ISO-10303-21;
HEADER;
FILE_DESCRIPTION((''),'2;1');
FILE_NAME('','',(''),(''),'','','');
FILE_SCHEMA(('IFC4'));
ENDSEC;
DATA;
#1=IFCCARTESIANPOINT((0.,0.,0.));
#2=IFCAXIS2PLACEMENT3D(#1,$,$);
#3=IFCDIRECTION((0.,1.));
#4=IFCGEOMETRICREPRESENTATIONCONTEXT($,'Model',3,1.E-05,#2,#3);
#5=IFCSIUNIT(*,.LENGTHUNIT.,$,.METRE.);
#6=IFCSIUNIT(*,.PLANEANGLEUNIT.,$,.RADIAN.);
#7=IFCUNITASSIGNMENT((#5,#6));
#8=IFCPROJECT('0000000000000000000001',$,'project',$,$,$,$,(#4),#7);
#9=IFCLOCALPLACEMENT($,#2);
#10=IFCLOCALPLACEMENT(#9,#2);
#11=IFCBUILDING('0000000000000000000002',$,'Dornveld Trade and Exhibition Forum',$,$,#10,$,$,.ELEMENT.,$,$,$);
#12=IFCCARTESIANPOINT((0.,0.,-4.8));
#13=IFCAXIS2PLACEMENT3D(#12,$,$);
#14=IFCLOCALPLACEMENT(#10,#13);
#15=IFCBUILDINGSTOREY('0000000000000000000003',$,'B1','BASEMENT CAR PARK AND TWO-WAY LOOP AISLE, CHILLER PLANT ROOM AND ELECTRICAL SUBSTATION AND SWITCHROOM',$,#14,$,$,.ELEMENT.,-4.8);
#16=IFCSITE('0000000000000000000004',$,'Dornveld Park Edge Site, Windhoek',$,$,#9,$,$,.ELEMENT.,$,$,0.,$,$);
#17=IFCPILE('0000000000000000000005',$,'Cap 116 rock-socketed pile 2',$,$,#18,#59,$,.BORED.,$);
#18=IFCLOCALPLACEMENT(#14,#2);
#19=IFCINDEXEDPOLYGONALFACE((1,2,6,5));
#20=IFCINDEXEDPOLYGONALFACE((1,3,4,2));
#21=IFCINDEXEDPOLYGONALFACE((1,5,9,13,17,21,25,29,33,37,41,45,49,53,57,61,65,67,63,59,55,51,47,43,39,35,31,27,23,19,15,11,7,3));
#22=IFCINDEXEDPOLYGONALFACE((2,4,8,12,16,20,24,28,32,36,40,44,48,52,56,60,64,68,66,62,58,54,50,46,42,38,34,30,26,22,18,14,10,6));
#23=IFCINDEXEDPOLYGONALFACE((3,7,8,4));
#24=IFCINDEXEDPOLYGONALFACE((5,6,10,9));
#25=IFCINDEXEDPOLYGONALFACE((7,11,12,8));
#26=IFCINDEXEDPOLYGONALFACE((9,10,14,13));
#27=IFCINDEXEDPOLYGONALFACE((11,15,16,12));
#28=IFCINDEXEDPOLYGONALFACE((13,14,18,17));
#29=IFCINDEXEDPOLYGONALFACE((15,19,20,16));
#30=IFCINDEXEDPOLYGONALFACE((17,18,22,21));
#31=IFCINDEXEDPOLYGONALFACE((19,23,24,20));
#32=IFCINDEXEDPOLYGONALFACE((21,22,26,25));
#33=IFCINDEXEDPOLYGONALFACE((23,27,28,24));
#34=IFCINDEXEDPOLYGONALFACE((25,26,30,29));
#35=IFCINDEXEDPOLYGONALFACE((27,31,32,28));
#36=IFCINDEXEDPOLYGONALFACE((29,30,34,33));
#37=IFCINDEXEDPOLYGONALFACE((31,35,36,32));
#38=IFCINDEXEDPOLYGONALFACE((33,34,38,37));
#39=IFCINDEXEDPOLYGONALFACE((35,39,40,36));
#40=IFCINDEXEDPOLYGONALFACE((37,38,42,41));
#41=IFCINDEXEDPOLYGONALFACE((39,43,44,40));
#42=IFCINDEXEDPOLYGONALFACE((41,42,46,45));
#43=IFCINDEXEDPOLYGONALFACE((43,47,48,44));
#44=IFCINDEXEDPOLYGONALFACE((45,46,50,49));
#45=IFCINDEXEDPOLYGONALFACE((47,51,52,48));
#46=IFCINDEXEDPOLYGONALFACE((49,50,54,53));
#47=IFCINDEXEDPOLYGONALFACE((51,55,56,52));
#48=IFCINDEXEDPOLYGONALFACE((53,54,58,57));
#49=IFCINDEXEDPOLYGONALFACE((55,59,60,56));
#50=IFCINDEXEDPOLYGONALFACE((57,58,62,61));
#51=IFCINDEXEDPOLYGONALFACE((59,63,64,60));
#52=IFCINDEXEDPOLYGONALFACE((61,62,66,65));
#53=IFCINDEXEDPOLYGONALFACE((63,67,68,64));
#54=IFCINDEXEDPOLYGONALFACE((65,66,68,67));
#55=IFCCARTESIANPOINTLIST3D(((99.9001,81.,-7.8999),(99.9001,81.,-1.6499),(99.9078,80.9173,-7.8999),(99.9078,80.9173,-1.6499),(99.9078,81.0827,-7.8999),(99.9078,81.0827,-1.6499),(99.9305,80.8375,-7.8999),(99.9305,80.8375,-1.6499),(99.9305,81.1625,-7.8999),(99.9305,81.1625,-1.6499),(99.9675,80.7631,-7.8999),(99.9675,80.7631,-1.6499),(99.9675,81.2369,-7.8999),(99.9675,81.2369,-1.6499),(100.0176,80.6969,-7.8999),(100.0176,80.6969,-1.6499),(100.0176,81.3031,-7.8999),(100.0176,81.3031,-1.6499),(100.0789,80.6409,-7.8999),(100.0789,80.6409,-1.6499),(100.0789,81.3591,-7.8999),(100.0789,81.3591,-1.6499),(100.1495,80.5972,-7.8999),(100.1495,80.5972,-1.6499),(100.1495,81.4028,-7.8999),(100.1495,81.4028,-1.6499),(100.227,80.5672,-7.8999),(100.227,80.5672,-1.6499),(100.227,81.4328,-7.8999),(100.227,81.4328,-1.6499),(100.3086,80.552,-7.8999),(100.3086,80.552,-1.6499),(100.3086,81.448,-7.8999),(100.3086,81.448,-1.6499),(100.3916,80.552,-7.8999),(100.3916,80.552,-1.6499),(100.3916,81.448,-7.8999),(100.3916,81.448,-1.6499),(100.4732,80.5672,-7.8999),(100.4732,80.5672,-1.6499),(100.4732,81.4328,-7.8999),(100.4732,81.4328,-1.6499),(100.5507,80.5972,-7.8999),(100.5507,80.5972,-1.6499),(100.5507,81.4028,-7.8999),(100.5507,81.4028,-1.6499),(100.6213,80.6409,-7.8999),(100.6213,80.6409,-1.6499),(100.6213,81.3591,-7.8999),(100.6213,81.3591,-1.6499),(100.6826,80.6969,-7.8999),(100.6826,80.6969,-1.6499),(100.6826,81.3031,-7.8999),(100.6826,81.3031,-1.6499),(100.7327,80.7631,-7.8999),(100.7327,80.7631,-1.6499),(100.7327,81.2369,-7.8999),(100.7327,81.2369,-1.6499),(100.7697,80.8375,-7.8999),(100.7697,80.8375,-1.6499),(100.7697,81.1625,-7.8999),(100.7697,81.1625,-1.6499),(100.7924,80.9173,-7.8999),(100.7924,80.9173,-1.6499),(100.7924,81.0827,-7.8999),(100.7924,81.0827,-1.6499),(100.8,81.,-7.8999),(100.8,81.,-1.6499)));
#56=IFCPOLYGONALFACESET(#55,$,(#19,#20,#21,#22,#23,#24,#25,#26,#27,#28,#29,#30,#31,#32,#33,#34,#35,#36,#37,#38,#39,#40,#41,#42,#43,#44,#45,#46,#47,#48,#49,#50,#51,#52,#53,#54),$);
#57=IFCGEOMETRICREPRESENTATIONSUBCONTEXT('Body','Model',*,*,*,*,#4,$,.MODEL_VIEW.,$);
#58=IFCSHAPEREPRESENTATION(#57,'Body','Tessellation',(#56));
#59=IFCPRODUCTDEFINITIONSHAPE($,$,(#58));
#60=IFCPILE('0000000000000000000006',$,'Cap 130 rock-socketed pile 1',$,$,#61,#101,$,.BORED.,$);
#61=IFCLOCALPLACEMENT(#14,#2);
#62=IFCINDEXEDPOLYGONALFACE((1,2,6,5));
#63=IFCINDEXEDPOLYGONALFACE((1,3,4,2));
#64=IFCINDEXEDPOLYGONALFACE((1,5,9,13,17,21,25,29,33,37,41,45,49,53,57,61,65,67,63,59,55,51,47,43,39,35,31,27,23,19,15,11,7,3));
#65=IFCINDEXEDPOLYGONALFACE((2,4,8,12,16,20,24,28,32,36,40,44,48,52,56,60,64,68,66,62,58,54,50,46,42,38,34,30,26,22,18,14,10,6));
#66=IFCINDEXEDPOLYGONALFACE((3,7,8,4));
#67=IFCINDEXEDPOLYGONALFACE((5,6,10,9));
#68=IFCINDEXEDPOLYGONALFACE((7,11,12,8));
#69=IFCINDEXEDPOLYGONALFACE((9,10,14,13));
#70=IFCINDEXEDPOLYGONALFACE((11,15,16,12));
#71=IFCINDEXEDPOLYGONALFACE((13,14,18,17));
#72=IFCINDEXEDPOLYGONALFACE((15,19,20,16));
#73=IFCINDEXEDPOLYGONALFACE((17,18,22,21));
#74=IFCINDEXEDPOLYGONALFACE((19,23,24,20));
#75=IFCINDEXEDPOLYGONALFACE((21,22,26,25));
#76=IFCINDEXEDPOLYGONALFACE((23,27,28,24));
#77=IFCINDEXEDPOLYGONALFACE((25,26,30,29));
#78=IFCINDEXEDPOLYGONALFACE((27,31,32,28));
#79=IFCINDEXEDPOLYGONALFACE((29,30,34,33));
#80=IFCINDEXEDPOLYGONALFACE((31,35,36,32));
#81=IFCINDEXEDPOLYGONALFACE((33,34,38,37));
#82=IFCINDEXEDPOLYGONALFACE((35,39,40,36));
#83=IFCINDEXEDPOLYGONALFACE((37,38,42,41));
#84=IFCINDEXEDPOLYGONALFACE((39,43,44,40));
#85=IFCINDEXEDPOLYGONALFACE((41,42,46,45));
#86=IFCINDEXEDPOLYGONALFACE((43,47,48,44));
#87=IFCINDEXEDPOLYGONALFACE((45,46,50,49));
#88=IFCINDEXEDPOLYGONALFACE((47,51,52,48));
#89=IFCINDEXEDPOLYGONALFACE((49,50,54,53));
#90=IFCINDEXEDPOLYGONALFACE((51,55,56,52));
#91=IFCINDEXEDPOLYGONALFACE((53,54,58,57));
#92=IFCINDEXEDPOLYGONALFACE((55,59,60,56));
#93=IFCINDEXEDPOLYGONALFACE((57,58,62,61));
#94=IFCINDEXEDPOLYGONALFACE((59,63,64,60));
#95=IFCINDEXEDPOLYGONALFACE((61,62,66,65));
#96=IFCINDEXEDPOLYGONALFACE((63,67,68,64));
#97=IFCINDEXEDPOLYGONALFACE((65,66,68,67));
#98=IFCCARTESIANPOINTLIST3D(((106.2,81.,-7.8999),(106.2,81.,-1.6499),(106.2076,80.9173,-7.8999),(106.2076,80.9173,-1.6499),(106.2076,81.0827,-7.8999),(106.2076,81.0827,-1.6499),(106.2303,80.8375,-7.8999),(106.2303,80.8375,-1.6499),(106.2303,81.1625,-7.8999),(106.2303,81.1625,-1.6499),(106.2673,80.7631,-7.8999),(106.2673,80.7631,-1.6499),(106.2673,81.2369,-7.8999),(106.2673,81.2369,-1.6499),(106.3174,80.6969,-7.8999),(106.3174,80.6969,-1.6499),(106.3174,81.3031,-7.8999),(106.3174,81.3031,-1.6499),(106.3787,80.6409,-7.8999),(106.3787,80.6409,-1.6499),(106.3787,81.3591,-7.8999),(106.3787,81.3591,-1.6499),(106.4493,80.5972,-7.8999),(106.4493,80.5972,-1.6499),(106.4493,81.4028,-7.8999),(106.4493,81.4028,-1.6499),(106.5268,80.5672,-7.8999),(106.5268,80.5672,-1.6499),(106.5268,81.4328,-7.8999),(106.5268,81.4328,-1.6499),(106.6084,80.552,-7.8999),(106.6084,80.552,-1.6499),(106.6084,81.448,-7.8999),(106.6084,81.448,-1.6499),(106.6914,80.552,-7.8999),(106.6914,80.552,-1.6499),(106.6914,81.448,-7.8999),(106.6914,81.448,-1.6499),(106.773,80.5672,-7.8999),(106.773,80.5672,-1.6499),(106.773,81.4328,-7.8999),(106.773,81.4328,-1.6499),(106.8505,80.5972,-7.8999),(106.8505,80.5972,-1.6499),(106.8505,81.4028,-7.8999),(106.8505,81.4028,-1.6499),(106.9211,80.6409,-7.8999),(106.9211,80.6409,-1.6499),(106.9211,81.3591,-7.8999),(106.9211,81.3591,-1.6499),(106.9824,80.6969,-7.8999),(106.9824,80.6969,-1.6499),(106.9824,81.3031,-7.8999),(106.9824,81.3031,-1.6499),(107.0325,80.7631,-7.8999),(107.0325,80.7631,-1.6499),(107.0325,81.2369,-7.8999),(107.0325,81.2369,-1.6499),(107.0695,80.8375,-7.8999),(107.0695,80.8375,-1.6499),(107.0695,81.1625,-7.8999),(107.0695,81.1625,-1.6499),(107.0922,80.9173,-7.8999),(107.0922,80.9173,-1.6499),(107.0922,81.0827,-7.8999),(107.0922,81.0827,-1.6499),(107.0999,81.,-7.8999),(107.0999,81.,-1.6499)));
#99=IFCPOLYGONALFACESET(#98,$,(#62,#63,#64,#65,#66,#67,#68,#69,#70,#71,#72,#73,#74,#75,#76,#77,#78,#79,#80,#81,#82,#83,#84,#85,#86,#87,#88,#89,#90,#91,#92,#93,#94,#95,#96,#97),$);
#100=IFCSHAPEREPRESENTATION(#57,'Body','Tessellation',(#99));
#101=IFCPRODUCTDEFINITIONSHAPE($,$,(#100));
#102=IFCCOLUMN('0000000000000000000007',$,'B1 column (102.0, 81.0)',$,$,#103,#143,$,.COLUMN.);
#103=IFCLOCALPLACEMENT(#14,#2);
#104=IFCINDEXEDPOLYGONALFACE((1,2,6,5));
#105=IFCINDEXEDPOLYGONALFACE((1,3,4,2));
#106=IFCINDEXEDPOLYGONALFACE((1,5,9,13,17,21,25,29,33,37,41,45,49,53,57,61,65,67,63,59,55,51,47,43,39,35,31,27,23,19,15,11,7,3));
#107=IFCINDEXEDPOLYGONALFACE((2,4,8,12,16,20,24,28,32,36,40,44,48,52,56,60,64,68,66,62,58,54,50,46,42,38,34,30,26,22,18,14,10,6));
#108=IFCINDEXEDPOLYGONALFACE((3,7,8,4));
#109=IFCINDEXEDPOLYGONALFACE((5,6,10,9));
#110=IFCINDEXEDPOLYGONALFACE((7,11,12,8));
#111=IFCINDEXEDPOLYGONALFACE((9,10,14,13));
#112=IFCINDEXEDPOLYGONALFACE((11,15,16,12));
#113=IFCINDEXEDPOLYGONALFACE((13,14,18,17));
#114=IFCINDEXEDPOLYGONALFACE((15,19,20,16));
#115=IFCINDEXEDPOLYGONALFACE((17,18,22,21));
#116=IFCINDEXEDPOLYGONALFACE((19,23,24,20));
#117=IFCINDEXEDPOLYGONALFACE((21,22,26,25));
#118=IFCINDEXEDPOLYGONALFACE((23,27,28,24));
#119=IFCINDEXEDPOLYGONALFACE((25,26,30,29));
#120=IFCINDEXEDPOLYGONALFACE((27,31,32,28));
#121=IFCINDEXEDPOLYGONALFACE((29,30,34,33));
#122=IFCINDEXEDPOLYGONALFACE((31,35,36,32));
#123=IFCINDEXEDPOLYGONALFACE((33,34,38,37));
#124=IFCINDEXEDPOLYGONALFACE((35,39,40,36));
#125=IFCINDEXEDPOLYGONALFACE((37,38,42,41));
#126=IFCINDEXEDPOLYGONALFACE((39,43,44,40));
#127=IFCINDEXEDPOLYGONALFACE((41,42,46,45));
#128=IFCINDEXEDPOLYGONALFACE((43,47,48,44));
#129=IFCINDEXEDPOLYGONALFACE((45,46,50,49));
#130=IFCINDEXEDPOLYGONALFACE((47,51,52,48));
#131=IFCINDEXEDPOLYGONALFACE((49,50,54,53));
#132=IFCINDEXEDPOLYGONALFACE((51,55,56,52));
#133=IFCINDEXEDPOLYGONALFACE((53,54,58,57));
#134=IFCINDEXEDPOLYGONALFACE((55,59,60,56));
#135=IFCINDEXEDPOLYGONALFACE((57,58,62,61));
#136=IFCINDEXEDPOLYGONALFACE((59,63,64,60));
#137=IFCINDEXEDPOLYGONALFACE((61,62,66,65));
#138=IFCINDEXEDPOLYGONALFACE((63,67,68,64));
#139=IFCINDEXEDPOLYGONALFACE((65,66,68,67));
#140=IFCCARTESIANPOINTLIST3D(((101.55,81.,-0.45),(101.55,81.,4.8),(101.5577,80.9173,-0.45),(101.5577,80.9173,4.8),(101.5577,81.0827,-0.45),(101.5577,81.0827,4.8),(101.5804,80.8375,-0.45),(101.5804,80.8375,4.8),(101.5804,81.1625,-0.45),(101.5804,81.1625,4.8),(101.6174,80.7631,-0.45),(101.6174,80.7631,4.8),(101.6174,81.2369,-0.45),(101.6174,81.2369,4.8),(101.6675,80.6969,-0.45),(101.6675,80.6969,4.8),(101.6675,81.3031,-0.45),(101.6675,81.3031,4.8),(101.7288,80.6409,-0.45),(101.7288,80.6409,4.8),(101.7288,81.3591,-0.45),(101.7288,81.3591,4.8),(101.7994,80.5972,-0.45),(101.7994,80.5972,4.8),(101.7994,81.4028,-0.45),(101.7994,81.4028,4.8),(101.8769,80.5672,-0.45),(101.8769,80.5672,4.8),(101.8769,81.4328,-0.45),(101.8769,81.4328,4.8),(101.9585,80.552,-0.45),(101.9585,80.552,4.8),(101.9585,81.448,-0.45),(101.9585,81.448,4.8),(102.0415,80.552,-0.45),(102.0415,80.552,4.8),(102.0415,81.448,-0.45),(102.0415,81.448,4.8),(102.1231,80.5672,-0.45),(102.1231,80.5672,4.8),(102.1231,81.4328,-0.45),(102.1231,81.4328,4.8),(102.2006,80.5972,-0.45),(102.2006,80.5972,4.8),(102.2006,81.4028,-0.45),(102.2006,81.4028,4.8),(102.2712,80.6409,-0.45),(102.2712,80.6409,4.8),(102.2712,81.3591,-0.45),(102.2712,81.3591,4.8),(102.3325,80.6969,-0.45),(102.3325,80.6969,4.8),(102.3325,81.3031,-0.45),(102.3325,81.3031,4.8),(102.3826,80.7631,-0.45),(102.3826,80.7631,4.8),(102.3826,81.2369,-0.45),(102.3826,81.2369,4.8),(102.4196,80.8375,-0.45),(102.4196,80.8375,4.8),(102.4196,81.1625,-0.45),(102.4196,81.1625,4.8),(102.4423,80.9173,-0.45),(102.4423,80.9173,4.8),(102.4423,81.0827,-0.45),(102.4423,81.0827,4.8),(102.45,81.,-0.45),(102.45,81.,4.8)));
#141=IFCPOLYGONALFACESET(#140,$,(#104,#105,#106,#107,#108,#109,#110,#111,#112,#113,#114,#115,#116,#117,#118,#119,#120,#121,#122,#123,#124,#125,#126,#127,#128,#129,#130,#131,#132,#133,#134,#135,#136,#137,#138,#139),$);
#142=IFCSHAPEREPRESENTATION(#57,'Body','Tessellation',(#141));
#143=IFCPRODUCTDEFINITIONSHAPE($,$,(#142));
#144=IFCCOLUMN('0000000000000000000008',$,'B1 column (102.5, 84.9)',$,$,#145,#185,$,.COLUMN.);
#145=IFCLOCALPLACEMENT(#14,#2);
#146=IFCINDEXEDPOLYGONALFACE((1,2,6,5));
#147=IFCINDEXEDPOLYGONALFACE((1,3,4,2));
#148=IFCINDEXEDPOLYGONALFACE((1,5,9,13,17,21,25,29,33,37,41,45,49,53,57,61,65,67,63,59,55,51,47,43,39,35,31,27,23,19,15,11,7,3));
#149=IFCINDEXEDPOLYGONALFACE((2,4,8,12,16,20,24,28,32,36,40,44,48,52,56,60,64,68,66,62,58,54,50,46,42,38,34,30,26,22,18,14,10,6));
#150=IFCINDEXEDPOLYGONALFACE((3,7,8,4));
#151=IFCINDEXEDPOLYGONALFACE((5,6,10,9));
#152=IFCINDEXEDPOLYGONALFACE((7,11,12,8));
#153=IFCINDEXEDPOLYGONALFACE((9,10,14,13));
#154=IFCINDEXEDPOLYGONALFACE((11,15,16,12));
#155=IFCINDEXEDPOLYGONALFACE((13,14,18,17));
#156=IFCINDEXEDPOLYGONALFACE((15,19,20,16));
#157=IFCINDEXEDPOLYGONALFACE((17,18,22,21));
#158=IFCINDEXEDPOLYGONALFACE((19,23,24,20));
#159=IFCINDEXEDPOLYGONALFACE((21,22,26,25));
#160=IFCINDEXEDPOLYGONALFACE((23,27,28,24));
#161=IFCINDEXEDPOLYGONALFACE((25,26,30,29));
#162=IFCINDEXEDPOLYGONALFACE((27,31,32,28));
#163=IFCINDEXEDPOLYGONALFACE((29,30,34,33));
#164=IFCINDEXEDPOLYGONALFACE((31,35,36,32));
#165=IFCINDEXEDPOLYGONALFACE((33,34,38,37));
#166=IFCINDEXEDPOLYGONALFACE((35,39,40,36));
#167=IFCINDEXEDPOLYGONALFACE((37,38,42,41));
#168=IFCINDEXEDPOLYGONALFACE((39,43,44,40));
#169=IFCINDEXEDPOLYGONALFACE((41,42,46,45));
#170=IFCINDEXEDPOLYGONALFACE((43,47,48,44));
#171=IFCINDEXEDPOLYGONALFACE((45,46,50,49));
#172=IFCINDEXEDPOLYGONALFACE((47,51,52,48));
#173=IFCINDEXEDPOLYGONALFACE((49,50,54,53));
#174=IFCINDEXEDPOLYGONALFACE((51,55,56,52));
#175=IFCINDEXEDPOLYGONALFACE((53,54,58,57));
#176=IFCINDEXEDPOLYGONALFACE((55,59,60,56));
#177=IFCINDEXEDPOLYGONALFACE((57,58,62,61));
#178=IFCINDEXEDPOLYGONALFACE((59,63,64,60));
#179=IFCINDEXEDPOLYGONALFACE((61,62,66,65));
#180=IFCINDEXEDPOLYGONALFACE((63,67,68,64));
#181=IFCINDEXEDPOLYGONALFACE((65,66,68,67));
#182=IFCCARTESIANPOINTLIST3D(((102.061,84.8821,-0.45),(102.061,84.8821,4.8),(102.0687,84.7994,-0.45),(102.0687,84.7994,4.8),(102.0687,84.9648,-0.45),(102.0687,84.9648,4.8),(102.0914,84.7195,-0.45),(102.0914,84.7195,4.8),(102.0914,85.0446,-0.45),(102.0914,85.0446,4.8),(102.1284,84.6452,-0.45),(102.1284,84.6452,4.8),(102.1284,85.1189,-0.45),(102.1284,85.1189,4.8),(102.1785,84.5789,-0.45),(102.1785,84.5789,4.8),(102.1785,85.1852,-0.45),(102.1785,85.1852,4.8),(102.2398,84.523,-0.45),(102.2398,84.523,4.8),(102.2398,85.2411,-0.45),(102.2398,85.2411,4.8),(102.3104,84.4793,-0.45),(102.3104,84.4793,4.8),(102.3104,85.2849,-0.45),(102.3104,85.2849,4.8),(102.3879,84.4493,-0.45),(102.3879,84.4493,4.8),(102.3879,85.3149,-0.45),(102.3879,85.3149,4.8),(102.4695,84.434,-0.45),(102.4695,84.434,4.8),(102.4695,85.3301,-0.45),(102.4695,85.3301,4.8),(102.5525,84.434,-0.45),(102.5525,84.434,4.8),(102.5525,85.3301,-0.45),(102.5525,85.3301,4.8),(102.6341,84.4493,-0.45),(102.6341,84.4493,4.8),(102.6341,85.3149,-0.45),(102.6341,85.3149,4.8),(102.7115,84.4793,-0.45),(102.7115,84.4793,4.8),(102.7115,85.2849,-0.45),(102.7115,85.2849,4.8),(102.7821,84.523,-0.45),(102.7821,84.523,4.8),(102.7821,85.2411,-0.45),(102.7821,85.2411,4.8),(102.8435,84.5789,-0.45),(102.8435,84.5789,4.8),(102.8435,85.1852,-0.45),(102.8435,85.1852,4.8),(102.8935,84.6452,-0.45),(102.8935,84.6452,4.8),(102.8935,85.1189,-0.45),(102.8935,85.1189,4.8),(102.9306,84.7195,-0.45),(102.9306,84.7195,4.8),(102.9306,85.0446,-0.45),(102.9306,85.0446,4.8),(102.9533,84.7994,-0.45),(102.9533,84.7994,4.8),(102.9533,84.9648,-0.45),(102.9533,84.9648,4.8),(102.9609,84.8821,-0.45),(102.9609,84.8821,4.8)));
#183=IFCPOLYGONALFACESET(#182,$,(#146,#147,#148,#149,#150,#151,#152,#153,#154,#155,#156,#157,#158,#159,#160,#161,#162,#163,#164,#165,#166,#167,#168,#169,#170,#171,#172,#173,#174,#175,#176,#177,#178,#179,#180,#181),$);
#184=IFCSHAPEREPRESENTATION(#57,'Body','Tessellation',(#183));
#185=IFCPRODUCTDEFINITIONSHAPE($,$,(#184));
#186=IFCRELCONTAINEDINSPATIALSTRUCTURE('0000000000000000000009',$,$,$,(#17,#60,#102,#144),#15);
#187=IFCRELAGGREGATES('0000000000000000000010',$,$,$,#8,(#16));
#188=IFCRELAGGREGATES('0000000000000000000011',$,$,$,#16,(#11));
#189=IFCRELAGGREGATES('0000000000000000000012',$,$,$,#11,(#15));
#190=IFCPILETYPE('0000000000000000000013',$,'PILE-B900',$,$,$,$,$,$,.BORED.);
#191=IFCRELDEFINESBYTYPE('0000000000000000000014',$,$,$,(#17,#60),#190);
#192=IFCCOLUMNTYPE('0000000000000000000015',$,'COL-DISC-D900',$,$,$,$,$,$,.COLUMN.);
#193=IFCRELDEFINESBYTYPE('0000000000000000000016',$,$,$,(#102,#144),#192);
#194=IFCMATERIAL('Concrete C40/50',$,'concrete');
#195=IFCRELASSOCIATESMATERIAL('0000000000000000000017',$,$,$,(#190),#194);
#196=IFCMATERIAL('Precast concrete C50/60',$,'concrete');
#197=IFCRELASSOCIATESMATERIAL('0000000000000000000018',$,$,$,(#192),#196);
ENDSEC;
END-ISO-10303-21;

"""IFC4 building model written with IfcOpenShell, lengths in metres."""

from ifc_helpers import new_model, si_unit, direction, frame, origin, origin_2d, place, context, subcontext, project, spatial, circle, extrude, material, material_profile, profile_set, type_object, element, save


model = new_model("IFC4")

# Units and contexts
model_context = context("Model", 3, precision=1e-05, world=origin(), true_north=direction((0.0, 1.0)))
body_context = subcontext(model_context, "Body", "Model", "MODEL_VIEW")
ifc_project = project(units=[si_unit("LENGTHUNIT", "METRE"), si_unit("PLANEANGLEUNIT", "RADIAN")], contexts=[model_context])

# Site, building, storey
site_placement = place(None, origin())
site = spatial("IfcSite", under=ifc_project, at=site_placement, Name="Dornveld Park Edge Site, Windhoek", CompositionType="ELEMENT", RefElevation=0.0)
building_placement = place(site_placement, origin())
building = spatial("IfcBuilding", under=site, at=building_placement, Name="Dornveld Trade and Exhibition Forum", CompositionType="ELEMENT")
storey_placement = place(building_placement, frame((0.0, 0.0, -4.8)))
storey = spatial("IfcBuildingStorey", under=building, at=storey_placement, Name="B1", Description="BASEMENT CAR PARK AND TWO-WAY LOOP AISLE, CHILLER PLANT ROOM AND ELECTRICAL SUBSTATION AND SWITCHROOM", CompositionType="ELEMENT", Elevation=-4.8)

# Piles
ifc_material_1 = material(Name="Concrete C40/50", Category="concrete")
ifc_material_profile_1 = material_profile(ifc_material_1, circle(Radius=0.45, at=origin_2d()), Name="PILE D900")
ifc_profile_set_1 = profile_set([ifc_material_profile_1], Name="Concrete C40/50")
pile_type_1 = type_object("IfcPileType", Name="PILE-B900", PredefinedType="BORED", material=ifc_profile_set_1)
for number, where, z_axis, x_axis, name in (
    (1, (100.3501, 81.0, -1.6499), (0.0, 0.0, -1.0), (1.0, 0.0, 0.0), "Cap 116 rock-socketed pile 2"),
    (2, (106.6499, 81.0, -1.6499), (0.0, 0.0, -1.0), (1.0, 0.0, 0.0), "Cap 130 rock-socketed pile 1"),
):
    element("IfcPile", number, at=place(storey_placement, frame(where, z_axis=z_axis, x_axis=x_axis)), inside=storey, type_object=pile_type_1, Name=name, PredefinedType="BORED", context=body_context, shape_type="SweptSolid", body=[
        extrude(circle(Radius=0.45, at=origin_2d()), origin(), (0.0, 0.0, 1.0), 6.25),
    ])

# Columns
ifc_material_2 = material(Name="Precast concrete C50/60", Category="concrete")
ifc_material_profile_2 = material_profile(ifc_material_2, circle(Radius=0.45, at=origin_2d()), Name="PC-COL D900")
ifc_profile_set_2 = profile_set([ifc_material_profile_2], Name="Precast concrete C50/60")
column_type_1 = type_object("IfcColumnType", Name="COL-DISC-D900", PredefinedType="COLUMN", material=ifc_profile_set_2)
for number, where, z_axis, x_axis, name in (
    (3, (102.0, 81.0, -0.45), (0.0, 0.0, 1.0), (1.0, 0.0, 0.0), "B1 column (102.0, 81.0)"),
    (4, (102.511, 84.8821, -0.45), (0.0, 0.0, 1.0), (1.0, 0.0, 0.0), "B1 column (102.5, 84.9)"),
):
    element("IfcColumn", number, at=place(storey_placement, frame(where, z_axis=z_axis, x_axis=x_axis)), inside=storey, type_object=column_type_1, Name=name, PredefinedType="COLUMN", context=body_context, shape_type="SweptSolid", body=[
        extrude(circle(Radius=0.45, at=origin_2d()), origin(), (0.0, 0.0, 1.0), 5.25),
    ])

save(model, "model.ifc")
